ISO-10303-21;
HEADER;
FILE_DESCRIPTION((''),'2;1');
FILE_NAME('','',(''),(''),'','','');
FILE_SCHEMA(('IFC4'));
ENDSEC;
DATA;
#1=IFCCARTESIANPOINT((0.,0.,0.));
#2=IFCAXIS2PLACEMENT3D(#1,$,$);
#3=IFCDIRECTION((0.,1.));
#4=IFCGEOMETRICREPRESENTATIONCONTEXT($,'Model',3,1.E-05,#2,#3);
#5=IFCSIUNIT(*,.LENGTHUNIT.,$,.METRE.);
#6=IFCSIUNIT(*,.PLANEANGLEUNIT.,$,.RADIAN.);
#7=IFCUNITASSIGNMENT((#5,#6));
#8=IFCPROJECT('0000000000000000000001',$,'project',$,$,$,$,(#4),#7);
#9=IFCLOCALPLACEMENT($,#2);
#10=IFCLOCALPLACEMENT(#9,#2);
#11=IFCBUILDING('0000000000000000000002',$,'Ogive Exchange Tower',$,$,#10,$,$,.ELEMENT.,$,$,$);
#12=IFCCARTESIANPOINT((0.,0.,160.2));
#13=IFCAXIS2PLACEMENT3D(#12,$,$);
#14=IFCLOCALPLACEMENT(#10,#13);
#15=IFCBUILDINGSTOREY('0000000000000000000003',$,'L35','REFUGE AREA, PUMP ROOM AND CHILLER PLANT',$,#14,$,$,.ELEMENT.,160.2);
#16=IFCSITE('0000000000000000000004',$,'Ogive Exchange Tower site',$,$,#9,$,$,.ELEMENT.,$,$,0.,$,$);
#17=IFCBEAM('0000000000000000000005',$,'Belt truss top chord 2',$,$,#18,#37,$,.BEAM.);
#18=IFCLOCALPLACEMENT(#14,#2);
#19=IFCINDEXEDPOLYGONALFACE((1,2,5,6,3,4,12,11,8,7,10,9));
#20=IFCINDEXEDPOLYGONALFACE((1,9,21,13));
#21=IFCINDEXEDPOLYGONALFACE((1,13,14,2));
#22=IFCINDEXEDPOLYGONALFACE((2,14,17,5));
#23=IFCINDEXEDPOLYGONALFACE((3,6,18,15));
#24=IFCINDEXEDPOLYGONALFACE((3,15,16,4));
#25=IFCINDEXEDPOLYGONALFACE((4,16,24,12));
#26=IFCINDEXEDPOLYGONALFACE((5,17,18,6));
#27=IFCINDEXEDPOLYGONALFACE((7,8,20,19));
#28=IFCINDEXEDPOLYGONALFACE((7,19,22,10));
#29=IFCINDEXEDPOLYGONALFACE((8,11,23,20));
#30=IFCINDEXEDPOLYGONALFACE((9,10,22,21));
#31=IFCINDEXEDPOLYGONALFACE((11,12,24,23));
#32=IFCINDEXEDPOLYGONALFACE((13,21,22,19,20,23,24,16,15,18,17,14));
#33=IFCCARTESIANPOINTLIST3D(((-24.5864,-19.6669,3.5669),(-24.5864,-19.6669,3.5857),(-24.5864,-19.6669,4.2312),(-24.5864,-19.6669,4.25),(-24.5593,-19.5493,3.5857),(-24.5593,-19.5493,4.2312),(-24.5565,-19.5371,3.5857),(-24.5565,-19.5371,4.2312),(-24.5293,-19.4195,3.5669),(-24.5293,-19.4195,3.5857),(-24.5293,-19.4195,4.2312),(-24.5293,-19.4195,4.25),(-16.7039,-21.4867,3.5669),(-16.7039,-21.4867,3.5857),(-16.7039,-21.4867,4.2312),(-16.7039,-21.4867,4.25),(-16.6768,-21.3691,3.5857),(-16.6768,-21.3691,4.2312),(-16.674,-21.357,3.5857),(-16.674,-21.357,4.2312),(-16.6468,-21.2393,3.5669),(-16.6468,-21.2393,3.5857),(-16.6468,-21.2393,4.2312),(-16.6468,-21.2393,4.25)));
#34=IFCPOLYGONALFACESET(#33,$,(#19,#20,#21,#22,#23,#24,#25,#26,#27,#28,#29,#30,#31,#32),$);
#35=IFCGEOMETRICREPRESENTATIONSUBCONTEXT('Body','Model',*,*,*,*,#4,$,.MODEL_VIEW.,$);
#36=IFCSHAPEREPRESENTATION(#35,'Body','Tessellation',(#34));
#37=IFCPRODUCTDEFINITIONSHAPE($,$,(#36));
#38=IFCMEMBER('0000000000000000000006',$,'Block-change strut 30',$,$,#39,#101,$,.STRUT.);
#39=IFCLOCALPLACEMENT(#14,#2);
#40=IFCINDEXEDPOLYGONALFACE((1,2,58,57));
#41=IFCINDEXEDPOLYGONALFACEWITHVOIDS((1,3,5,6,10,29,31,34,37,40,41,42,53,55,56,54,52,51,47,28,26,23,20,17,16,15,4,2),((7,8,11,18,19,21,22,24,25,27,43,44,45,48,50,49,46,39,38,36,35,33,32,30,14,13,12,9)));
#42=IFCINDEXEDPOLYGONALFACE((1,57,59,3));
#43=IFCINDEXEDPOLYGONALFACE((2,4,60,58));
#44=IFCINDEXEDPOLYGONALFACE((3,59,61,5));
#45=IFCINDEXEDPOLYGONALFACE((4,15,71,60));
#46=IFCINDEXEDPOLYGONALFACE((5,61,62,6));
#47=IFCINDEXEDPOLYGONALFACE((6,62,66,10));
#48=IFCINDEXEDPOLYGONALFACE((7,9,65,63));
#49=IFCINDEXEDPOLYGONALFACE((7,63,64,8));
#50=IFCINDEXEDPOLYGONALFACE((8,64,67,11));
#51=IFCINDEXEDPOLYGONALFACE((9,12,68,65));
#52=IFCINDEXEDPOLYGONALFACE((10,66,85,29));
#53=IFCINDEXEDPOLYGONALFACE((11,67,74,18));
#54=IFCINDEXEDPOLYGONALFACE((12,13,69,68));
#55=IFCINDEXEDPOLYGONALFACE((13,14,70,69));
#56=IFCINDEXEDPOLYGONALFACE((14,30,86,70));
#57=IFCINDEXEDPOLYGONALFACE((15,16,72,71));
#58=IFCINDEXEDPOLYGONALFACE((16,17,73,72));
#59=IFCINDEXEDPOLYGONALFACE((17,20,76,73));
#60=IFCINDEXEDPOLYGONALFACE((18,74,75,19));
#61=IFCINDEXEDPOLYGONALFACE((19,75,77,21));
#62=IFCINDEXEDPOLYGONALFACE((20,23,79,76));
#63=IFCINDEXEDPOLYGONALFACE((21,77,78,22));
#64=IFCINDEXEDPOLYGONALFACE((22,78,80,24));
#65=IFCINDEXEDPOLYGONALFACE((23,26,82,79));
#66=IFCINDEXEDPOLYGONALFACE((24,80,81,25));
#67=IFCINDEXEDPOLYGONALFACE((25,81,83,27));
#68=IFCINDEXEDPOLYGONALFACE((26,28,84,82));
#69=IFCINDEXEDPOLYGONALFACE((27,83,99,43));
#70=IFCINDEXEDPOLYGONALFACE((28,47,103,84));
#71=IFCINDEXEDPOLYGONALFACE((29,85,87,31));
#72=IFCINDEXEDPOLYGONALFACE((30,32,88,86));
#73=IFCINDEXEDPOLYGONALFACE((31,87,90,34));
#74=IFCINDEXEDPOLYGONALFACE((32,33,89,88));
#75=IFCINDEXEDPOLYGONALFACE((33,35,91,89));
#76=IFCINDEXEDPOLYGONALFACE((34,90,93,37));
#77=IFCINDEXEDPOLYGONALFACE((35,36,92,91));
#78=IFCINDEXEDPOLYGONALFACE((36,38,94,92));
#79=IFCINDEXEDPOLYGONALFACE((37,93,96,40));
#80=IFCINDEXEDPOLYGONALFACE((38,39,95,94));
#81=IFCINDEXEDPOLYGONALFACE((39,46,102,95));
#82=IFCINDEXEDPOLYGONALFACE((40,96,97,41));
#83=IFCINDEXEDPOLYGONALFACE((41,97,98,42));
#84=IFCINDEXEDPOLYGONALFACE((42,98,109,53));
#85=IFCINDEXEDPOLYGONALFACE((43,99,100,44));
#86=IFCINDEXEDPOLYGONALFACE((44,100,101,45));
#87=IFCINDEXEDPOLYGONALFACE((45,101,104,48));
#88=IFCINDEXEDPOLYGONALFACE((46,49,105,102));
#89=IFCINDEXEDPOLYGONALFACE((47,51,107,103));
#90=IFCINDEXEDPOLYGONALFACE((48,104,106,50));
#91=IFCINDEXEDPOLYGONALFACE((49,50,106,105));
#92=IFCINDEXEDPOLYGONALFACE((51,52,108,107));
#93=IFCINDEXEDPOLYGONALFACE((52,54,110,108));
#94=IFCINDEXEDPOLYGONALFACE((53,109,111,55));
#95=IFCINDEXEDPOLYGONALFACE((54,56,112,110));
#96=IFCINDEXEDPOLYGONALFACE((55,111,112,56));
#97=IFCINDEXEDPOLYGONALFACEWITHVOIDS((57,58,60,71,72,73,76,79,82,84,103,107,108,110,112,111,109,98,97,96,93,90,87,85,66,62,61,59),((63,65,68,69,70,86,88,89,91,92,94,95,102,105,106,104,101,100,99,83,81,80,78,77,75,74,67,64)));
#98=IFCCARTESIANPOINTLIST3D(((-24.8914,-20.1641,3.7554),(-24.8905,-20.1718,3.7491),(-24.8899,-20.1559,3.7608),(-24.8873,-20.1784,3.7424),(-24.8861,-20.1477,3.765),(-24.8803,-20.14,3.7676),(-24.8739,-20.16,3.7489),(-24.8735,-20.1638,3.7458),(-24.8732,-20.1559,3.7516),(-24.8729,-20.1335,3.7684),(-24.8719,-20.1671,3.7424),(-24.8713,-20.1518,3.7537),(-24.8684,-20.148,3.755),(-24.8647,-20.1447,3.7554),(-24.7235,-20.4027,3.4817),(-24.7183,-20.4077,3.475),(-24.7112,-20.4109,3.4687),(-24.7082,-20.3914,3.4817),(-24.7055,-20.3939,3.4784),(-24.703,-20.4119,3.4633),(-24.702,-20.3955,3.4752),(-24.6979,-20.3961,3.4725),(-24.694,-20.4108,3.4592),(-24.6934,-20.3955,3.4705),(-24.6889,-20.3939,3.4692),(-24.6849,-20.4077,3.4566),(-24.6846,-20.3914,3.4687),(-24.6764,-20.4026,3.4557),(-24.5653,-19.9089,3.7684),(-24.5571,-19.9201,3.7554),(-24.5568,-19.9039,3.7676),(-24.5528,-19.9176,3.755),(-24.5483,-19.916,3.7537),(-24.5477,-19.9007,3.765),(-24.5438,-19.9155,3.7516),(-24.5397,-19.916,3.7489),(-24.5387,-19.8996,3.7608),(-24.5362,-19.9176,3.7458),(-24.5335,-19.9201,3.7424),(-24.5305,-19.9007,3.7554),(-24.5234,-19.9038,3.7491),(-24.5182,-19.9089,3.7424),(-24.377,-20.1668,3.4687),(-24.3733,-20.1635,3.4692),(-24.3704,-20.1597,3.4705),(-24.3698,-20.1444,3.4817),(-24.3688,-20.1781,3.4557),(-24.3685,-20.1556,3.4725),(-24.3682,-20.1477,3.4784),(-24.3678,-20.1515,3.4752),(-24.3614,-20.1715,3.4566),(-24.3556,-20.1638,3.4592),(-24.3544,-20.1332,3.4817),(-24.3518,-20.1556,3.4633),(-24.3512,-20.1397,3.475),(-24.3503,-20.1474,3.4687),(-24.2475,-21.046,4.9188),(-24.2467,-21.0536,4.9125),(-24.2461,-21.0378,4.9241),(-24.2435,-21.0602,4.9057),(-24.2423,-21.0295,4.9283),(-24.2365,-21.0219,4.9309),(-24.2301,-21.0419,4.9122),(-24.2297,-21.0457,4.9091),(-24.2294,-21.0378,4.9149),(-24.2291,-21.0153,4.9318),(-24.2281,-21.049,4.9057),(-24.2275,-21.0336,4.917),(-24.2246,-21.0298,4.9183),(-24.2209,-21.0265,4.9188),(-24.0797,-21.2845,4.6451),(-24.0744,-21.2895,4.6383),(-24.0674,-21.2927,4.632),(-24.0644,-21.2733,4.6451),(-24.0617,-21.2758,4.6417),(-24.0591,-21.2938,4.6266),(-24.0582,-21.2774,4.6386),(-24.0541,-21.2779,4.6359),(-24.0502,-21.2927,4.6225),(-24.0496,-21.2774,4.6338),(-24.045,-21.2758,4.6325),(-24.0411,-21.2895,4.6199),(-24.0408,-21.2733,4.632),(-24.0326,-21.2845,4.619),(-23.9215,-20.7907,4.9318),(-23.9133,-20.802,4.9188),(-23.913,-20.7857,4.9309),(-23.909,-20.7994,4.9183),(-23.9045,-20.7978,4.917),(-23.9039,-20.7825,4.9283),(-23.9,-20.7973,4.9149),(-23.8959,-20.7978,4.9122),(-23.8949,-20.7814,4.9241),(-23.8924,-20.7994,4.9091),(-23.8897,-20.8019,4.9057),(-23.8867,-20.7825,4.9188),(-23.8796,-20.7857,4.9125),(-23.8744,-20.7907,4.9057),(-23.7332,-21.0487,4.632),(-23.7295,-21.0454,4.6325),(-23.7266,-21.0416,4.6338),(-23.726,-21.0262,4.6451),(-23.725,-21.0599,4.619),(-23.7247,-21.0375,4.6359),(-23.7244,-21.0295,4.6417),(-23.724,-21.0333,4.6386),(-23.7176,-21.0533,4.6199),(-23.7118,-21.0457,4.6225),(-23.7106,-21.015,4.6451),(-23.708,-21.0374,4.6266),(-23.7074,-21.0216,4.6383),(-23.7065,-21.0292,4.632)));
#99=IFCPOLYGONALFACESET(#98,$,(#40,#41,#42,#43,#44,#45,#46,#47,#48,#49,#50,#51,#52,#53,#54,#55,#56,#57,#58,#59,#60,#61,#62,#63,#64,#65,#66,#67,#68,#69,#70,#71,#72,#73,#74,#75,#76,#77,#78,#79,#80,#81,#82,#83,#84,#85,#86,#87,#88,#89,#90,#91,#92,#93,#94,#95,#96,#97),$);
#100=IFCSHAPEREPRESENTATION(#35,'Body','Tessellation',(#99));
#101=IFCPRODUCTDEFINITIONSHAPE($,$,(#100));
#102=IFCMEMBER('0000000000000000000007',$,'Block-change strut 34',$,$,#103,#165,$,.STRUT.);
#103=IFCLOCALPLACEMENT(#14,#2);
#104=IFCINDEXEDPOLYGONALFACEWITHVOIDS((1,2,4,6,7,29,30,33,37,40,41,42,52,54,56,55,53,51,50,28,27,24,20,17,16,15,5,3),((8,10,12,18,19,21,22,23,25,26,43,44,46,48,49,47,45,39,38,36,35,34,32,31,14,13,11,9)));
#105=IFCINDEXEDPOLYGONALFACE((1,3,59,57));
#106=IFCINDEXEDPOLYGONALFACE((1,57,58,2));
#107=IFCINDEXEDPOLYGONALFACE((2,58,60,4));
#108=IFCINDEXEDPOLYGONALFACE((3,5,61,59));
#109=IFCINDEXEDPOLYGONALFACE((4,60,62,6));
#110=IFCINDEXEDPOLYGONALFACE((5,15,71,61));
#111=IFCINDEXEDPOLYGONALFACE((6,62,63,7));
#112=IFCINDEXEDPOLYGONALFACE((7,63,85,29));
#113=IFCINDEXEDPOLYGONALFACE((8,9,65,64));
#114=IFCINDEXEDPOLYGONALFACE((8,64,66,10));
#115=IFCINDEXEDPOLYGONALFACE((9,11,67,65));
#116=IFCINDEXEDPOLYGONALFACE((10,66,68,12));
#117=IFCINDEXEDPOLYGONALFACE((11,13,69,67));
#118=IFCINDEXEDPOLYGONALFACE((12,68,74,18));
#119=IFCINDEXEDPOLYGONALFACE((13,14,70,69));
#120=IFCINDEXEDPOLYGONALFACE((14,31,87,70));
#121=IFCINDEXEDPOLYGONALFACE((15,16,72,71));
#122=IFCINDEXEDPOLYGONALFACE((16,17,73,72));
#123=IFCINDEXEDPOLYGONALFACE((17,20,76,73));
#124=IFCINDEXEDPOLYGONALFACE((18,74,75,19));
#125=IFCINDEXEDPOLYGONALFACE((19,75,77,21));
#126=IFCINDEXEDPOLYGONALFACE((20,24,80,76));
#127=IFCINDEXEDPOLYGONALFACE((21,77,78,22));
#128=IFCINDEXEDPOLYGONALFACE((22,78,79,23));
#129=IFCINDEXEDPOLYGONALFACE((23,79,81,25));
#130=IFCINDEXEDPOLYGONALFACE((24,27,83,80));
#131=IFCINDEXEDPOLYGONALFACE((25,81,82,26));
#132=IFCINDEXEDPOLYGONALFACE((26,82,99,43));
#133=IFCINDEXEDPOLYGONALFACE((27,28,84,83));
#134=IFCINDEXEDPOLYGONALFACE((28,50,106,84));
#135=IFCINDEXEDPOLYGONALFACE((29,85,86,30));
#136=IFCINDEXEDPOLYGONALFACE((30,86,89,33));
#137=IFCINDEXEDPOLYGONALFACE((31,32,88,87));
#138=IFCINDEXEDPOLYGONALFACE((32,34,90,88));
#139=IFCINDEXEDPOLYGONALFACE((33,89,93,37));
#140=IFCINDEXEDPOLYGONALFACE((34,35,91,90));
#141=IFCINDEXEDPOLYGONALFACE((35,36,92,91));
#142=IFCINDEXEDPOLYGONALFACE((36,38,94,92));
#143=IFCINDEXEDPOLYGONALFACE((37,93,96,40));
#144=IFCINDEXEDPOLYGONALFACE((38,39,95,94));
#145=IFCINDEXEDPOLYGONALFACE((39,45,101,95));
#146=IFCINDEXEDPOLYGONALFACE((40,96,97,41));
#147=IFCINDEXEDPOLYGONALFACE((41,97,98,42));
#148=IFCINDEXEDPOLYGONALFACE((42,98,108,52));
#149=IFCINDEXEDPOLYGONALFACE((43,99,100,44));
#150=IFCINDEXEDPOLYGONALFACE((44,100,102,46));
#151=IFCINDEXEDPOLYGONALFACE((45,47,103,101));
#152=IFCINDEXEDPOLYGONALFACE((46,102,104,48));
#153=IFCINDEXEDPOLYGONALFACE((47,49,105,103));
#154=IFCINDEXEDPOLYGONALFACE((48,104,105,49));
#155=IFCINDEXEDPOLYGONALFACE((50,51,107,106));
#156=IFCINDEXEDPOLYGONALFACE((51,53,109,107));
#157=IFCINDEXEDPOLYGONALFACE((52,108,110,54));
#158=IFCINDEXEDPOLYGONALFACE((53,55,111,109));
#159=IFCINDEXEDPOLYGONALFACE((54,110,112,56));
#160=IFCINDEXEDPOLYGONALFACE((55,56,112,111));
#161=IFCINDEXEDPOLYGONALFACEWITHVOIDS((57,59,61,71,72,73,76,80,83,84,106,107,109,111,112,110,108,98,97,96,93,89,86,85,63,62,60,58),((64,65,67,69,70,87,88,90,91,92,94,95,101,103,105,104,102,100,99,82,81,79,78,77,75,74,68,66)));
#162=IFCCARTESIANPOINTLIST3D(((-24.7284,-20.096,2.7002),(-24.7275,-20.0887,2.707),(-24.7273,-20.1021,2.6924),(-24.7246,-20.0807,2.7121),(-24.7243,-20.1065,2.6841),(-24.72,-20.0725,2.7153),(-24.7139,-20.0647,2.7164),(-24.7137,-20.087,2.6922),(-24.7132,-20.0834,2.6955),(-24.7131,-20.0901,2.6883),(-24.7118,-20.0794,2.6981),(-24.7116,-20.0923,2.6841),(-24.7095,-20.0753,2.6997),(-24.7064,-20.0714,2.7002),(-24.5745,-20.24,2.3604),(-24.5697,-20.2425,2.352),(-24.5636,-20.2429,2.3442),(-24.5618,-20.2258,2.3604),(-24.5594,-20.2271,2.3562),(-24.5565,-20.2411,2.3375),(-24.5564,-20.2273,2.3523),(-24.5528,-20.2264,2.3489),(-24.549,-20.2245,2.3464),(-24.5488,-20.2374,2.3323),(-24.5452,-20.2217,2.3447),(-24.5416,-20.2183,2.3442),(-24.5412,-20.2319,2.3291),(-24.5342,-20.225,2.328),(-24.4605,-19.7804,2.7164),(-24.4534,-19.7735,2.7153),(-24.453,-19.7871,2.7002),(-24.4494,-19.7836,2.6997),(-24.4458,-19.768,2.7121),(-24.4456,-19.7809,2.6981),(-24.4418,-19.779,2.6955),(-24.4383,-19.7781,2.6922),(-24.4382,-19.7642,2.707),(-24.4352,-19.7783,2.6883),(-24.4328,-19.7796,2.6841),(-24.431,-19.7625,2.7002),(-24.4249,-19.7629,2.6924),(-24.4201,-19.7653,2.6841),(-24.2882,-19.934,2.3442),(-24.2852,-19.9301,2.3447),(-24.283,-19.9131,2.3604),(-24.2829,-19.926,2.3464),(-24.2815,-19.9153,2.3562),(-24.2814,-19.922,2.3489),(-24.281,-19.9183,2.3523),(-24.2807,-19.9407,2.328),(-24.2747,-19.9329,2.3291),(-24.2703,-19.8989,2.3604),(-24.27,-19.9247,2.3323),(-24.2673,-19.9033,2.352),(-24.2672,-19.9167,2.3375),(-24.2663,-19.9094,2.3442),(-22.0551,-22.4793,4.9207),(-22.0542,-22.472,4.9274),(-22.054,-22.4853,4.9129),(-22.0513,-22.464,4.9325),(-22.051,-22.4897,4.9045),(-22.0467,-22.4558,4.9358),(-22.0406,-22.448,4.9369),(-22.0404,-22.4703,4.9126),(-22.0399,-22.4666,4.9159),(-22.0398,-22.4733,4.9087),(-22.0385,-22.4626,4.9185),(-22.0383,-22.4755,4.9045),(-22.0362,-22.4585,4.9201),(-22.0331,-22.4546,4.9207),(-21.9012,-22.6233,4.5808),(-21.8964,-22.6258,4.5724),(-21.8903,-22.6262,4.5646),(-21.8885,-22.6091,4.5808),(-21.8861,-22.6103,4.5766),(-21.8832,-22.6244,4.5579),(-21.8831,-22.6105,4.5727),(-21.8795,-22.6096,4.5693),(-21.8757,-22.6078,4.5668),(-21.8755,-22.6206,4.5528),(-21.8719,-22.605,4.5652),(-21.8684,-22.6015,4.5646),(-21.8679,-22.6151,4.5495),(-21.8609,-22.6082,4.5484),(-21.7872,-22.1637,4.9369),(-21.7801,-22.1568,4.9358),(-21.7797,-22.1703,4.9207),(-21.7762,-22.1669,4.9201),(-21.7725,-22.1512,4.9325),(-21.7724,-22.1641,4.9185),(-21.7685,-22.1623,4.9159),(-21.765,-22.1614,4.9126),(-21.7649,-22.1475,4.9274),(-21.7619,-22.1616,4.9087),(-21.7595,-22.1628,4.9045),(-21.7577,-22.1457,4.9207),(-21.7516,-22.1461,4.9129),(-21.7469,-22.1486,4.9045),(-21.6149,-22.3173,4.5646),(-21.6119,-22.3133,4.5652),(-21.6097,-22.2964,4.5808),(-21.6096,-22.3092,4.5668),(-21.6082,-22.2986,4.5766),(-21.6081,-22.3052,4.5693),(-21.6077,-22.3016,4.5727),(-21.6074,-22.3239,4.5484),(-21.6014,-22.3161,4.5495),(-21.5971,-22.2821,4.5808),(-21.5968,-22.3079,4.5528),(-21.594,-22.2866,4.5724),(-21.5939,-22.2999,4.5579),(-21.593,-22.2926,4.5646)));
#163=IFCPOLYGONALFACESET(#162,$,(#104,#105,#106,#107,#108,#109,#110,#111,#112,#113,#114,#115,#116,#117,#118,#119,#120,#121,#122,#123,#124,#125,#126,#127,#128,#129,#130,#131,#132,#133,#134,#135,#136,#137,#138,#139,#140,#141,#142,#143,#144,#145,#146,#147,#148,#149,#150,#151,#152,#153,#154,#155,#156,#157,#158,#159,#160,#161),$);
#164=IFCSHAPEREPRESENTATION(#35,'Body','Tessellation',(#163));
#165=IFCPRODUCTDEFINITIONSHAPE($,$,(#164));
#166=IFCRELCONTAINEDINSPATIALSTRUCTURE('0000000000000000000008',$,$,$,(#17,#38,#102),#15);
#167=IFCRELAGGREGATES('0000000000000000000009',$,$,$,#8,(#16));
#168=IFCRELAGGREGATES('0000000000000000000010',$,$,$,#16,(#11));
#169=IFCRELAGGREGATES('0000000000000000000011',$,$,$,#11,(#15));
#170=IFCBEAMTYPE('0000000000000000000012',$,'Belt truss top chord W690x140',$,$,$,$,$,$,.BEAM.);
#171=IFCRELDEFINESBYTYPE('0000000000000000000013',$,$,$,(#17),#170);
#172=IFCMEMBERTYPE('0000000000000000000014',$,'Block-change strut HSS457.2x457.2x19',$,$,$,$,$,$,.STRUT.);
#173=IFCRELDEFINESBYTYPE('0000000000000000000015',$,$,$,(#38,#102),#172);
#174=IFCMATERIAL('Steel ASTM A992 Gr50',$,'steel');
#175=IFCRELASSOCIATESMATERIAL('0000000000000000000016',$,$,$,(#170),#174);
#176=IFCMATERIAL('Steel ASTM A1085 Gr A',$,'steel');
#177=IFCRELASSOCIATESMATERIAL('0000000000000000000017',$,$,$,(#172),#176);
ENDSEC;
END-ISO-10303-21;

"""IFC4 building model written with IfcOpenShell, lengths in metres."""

from ifc_helpers import new_model, si_unit, direction, frame, origin, origin_2d, place, context, subcontext, project, spatial, hollow_rectangle, i_section, extrude, material, material_profile, profile_set, type_object, element, save


model = new_model("IFC4")

# Units and contexts
model_context = context("Model", 3, precision=1e-05, world=origin(), true_north=direction((0.0, 1.0)))
body_context = subcontext(model_context, "Body", "Model", "MODEL_VIEW")
ifc_project = project(units=[si_unit("LENGTHUNIT", "METRE"), si_unit("PLANEANGLEUNIT", "RADIAN")], contexts=[model_context])

# Site, building, storey
site_placement = place(None, origin())
site = spatial("IfcSite", under=ifc_project, at=site_placement, Name="Ogive Exchange Tower site", CompositionType="ELEMENT", RefElevation=0.0)
building_placement = place(site_placement, origin())
building = spatial("IfcBuilding", under=site, at=building_placement, Name="Ogive Exchange Tower", CompositionType="ELEMENT")
storey_placement = place(building_placement, frame((0.0, 0.0, 160.2)))
storey = spatial("IfcBuildingStorey", under=building, at=storey_placement, Name="L35", Description="REFUGE AREA, PUMP ROOM AND CHILLER PLANT", CompositionType="ELEMENT", Elevation=160.2)

# Shared definitions
ifc_material_1 = material(Name="Steel ASTM A992 Gr50", Category="steel")

# Shared definitions
ifc_material_2 = material(Name="Steel ASTM A1085 Gr A", Category="steel")

# Beam
ifc_material_profile_1 = material_profile(ifc_material_1, i_section(OverallWidth=0.2539, OverallDepth=0.6831, WebThickness=0.0125, FlangeThickness=0.0188, at=origin_2d()), Name="W690x140")
ifc_profile_set_1 = profile_set([ifc_material_profile_1], Name="Steel ASTM A992 Gr50")
beam_type_1 = type_object("IfcBeamType", Name="Belt truss top chord W690x140", PredefinedType="BEAM", material=ifc_profile_set_1)
beam_1_placement = place(storey_placement, frame((-24.5579, -19.5432, 3.9084), z_axis=(0.97437, -0.22495, 0.0), x_axis=(0.22495, 0.97437, 0.0)))
element("IfcBeam", 1, at=beam_1_placement, inside=storey, type_object=beam_type_1, Name="Belt truss top chord 2", PredefinedType="BEAM", context=body_context, shape_type="SweptSolid", body=[
    extrude(i_section(OverallWidth=0.2539, OverallDepth=0.6831, WebThickness=0.0125, FlangeThickness=0.0188, at=origin_2d()), origin(), (0.0, 0.0, 1.0), 8.0898),
])

# Members
ifc_material_profile_2 = material_profile(ifc_material_2, hollow_rectangle(XDim=0.457, YDim=0.457, WallThickness=0.019, InnerFilletRadius=0.019, OuterFilletRadius=0.0381, at=origin_2d()), Name="HSS457.2x457.2x19")
ifc_profile_set_2 = profile_set([ifc_material_profile_2], Name="Steel ASTM A1085 Gr A")
member_type_1 = type_object("IfcMemberType", Name="Block-change strut HSS457.2x457.2x19", PredefinedType="STRUT", material=ifc_profile_set_2)
member_1_placement = place(storey_placement, frame((-24.6208, -20.1558, 3.6121), z_axis=(0.403523, -0.552721, 0.729157), x_axis=(0.807661, 0.589647, 0.0)))
element("IfcMember", 2, at=member_1_placement, inside=storey, type_object=member_type_1, Name="Block-change strut 30", PredefinedType="STRUT", context=body_context, shape_type="SweptSolid", body=[
    extrude(hollow_rectangle(XDim=0.457, YDim=0.457, WallThickness=0.019, InnerFilletRadius=0.019, OuterFilletRadius=0.0381, at=origin_2d()), origin(), (0.0, 0.0, 1.0), 1.5955),
])
member_2_placement = place(storey_placement, frame((-24.4973, -20.0027, 2.5222), z_axis=(0.634404, -0.565575, 0.526932), x_axis=(0.665455, 0.746438, 0.0)))
element("IfcMember", 3, at=member_2_placement, inside=storey, type_object=member_type_1, Name="Block-change strut 34", PredefinedType="STRUT", context=body_context, shape_type="SweptSolid", body=[
    extrude(hollow_rectangle(XDim=0.457, YDim=0.457, WallThickness=0.019, InnerFilletRadius=0.019, OuterFilletRadius=0.0381, at=origin_2d()), origin(), (0.0, 0.0, 1.0), 4.2139),
])

save(model, "model.ifc")
